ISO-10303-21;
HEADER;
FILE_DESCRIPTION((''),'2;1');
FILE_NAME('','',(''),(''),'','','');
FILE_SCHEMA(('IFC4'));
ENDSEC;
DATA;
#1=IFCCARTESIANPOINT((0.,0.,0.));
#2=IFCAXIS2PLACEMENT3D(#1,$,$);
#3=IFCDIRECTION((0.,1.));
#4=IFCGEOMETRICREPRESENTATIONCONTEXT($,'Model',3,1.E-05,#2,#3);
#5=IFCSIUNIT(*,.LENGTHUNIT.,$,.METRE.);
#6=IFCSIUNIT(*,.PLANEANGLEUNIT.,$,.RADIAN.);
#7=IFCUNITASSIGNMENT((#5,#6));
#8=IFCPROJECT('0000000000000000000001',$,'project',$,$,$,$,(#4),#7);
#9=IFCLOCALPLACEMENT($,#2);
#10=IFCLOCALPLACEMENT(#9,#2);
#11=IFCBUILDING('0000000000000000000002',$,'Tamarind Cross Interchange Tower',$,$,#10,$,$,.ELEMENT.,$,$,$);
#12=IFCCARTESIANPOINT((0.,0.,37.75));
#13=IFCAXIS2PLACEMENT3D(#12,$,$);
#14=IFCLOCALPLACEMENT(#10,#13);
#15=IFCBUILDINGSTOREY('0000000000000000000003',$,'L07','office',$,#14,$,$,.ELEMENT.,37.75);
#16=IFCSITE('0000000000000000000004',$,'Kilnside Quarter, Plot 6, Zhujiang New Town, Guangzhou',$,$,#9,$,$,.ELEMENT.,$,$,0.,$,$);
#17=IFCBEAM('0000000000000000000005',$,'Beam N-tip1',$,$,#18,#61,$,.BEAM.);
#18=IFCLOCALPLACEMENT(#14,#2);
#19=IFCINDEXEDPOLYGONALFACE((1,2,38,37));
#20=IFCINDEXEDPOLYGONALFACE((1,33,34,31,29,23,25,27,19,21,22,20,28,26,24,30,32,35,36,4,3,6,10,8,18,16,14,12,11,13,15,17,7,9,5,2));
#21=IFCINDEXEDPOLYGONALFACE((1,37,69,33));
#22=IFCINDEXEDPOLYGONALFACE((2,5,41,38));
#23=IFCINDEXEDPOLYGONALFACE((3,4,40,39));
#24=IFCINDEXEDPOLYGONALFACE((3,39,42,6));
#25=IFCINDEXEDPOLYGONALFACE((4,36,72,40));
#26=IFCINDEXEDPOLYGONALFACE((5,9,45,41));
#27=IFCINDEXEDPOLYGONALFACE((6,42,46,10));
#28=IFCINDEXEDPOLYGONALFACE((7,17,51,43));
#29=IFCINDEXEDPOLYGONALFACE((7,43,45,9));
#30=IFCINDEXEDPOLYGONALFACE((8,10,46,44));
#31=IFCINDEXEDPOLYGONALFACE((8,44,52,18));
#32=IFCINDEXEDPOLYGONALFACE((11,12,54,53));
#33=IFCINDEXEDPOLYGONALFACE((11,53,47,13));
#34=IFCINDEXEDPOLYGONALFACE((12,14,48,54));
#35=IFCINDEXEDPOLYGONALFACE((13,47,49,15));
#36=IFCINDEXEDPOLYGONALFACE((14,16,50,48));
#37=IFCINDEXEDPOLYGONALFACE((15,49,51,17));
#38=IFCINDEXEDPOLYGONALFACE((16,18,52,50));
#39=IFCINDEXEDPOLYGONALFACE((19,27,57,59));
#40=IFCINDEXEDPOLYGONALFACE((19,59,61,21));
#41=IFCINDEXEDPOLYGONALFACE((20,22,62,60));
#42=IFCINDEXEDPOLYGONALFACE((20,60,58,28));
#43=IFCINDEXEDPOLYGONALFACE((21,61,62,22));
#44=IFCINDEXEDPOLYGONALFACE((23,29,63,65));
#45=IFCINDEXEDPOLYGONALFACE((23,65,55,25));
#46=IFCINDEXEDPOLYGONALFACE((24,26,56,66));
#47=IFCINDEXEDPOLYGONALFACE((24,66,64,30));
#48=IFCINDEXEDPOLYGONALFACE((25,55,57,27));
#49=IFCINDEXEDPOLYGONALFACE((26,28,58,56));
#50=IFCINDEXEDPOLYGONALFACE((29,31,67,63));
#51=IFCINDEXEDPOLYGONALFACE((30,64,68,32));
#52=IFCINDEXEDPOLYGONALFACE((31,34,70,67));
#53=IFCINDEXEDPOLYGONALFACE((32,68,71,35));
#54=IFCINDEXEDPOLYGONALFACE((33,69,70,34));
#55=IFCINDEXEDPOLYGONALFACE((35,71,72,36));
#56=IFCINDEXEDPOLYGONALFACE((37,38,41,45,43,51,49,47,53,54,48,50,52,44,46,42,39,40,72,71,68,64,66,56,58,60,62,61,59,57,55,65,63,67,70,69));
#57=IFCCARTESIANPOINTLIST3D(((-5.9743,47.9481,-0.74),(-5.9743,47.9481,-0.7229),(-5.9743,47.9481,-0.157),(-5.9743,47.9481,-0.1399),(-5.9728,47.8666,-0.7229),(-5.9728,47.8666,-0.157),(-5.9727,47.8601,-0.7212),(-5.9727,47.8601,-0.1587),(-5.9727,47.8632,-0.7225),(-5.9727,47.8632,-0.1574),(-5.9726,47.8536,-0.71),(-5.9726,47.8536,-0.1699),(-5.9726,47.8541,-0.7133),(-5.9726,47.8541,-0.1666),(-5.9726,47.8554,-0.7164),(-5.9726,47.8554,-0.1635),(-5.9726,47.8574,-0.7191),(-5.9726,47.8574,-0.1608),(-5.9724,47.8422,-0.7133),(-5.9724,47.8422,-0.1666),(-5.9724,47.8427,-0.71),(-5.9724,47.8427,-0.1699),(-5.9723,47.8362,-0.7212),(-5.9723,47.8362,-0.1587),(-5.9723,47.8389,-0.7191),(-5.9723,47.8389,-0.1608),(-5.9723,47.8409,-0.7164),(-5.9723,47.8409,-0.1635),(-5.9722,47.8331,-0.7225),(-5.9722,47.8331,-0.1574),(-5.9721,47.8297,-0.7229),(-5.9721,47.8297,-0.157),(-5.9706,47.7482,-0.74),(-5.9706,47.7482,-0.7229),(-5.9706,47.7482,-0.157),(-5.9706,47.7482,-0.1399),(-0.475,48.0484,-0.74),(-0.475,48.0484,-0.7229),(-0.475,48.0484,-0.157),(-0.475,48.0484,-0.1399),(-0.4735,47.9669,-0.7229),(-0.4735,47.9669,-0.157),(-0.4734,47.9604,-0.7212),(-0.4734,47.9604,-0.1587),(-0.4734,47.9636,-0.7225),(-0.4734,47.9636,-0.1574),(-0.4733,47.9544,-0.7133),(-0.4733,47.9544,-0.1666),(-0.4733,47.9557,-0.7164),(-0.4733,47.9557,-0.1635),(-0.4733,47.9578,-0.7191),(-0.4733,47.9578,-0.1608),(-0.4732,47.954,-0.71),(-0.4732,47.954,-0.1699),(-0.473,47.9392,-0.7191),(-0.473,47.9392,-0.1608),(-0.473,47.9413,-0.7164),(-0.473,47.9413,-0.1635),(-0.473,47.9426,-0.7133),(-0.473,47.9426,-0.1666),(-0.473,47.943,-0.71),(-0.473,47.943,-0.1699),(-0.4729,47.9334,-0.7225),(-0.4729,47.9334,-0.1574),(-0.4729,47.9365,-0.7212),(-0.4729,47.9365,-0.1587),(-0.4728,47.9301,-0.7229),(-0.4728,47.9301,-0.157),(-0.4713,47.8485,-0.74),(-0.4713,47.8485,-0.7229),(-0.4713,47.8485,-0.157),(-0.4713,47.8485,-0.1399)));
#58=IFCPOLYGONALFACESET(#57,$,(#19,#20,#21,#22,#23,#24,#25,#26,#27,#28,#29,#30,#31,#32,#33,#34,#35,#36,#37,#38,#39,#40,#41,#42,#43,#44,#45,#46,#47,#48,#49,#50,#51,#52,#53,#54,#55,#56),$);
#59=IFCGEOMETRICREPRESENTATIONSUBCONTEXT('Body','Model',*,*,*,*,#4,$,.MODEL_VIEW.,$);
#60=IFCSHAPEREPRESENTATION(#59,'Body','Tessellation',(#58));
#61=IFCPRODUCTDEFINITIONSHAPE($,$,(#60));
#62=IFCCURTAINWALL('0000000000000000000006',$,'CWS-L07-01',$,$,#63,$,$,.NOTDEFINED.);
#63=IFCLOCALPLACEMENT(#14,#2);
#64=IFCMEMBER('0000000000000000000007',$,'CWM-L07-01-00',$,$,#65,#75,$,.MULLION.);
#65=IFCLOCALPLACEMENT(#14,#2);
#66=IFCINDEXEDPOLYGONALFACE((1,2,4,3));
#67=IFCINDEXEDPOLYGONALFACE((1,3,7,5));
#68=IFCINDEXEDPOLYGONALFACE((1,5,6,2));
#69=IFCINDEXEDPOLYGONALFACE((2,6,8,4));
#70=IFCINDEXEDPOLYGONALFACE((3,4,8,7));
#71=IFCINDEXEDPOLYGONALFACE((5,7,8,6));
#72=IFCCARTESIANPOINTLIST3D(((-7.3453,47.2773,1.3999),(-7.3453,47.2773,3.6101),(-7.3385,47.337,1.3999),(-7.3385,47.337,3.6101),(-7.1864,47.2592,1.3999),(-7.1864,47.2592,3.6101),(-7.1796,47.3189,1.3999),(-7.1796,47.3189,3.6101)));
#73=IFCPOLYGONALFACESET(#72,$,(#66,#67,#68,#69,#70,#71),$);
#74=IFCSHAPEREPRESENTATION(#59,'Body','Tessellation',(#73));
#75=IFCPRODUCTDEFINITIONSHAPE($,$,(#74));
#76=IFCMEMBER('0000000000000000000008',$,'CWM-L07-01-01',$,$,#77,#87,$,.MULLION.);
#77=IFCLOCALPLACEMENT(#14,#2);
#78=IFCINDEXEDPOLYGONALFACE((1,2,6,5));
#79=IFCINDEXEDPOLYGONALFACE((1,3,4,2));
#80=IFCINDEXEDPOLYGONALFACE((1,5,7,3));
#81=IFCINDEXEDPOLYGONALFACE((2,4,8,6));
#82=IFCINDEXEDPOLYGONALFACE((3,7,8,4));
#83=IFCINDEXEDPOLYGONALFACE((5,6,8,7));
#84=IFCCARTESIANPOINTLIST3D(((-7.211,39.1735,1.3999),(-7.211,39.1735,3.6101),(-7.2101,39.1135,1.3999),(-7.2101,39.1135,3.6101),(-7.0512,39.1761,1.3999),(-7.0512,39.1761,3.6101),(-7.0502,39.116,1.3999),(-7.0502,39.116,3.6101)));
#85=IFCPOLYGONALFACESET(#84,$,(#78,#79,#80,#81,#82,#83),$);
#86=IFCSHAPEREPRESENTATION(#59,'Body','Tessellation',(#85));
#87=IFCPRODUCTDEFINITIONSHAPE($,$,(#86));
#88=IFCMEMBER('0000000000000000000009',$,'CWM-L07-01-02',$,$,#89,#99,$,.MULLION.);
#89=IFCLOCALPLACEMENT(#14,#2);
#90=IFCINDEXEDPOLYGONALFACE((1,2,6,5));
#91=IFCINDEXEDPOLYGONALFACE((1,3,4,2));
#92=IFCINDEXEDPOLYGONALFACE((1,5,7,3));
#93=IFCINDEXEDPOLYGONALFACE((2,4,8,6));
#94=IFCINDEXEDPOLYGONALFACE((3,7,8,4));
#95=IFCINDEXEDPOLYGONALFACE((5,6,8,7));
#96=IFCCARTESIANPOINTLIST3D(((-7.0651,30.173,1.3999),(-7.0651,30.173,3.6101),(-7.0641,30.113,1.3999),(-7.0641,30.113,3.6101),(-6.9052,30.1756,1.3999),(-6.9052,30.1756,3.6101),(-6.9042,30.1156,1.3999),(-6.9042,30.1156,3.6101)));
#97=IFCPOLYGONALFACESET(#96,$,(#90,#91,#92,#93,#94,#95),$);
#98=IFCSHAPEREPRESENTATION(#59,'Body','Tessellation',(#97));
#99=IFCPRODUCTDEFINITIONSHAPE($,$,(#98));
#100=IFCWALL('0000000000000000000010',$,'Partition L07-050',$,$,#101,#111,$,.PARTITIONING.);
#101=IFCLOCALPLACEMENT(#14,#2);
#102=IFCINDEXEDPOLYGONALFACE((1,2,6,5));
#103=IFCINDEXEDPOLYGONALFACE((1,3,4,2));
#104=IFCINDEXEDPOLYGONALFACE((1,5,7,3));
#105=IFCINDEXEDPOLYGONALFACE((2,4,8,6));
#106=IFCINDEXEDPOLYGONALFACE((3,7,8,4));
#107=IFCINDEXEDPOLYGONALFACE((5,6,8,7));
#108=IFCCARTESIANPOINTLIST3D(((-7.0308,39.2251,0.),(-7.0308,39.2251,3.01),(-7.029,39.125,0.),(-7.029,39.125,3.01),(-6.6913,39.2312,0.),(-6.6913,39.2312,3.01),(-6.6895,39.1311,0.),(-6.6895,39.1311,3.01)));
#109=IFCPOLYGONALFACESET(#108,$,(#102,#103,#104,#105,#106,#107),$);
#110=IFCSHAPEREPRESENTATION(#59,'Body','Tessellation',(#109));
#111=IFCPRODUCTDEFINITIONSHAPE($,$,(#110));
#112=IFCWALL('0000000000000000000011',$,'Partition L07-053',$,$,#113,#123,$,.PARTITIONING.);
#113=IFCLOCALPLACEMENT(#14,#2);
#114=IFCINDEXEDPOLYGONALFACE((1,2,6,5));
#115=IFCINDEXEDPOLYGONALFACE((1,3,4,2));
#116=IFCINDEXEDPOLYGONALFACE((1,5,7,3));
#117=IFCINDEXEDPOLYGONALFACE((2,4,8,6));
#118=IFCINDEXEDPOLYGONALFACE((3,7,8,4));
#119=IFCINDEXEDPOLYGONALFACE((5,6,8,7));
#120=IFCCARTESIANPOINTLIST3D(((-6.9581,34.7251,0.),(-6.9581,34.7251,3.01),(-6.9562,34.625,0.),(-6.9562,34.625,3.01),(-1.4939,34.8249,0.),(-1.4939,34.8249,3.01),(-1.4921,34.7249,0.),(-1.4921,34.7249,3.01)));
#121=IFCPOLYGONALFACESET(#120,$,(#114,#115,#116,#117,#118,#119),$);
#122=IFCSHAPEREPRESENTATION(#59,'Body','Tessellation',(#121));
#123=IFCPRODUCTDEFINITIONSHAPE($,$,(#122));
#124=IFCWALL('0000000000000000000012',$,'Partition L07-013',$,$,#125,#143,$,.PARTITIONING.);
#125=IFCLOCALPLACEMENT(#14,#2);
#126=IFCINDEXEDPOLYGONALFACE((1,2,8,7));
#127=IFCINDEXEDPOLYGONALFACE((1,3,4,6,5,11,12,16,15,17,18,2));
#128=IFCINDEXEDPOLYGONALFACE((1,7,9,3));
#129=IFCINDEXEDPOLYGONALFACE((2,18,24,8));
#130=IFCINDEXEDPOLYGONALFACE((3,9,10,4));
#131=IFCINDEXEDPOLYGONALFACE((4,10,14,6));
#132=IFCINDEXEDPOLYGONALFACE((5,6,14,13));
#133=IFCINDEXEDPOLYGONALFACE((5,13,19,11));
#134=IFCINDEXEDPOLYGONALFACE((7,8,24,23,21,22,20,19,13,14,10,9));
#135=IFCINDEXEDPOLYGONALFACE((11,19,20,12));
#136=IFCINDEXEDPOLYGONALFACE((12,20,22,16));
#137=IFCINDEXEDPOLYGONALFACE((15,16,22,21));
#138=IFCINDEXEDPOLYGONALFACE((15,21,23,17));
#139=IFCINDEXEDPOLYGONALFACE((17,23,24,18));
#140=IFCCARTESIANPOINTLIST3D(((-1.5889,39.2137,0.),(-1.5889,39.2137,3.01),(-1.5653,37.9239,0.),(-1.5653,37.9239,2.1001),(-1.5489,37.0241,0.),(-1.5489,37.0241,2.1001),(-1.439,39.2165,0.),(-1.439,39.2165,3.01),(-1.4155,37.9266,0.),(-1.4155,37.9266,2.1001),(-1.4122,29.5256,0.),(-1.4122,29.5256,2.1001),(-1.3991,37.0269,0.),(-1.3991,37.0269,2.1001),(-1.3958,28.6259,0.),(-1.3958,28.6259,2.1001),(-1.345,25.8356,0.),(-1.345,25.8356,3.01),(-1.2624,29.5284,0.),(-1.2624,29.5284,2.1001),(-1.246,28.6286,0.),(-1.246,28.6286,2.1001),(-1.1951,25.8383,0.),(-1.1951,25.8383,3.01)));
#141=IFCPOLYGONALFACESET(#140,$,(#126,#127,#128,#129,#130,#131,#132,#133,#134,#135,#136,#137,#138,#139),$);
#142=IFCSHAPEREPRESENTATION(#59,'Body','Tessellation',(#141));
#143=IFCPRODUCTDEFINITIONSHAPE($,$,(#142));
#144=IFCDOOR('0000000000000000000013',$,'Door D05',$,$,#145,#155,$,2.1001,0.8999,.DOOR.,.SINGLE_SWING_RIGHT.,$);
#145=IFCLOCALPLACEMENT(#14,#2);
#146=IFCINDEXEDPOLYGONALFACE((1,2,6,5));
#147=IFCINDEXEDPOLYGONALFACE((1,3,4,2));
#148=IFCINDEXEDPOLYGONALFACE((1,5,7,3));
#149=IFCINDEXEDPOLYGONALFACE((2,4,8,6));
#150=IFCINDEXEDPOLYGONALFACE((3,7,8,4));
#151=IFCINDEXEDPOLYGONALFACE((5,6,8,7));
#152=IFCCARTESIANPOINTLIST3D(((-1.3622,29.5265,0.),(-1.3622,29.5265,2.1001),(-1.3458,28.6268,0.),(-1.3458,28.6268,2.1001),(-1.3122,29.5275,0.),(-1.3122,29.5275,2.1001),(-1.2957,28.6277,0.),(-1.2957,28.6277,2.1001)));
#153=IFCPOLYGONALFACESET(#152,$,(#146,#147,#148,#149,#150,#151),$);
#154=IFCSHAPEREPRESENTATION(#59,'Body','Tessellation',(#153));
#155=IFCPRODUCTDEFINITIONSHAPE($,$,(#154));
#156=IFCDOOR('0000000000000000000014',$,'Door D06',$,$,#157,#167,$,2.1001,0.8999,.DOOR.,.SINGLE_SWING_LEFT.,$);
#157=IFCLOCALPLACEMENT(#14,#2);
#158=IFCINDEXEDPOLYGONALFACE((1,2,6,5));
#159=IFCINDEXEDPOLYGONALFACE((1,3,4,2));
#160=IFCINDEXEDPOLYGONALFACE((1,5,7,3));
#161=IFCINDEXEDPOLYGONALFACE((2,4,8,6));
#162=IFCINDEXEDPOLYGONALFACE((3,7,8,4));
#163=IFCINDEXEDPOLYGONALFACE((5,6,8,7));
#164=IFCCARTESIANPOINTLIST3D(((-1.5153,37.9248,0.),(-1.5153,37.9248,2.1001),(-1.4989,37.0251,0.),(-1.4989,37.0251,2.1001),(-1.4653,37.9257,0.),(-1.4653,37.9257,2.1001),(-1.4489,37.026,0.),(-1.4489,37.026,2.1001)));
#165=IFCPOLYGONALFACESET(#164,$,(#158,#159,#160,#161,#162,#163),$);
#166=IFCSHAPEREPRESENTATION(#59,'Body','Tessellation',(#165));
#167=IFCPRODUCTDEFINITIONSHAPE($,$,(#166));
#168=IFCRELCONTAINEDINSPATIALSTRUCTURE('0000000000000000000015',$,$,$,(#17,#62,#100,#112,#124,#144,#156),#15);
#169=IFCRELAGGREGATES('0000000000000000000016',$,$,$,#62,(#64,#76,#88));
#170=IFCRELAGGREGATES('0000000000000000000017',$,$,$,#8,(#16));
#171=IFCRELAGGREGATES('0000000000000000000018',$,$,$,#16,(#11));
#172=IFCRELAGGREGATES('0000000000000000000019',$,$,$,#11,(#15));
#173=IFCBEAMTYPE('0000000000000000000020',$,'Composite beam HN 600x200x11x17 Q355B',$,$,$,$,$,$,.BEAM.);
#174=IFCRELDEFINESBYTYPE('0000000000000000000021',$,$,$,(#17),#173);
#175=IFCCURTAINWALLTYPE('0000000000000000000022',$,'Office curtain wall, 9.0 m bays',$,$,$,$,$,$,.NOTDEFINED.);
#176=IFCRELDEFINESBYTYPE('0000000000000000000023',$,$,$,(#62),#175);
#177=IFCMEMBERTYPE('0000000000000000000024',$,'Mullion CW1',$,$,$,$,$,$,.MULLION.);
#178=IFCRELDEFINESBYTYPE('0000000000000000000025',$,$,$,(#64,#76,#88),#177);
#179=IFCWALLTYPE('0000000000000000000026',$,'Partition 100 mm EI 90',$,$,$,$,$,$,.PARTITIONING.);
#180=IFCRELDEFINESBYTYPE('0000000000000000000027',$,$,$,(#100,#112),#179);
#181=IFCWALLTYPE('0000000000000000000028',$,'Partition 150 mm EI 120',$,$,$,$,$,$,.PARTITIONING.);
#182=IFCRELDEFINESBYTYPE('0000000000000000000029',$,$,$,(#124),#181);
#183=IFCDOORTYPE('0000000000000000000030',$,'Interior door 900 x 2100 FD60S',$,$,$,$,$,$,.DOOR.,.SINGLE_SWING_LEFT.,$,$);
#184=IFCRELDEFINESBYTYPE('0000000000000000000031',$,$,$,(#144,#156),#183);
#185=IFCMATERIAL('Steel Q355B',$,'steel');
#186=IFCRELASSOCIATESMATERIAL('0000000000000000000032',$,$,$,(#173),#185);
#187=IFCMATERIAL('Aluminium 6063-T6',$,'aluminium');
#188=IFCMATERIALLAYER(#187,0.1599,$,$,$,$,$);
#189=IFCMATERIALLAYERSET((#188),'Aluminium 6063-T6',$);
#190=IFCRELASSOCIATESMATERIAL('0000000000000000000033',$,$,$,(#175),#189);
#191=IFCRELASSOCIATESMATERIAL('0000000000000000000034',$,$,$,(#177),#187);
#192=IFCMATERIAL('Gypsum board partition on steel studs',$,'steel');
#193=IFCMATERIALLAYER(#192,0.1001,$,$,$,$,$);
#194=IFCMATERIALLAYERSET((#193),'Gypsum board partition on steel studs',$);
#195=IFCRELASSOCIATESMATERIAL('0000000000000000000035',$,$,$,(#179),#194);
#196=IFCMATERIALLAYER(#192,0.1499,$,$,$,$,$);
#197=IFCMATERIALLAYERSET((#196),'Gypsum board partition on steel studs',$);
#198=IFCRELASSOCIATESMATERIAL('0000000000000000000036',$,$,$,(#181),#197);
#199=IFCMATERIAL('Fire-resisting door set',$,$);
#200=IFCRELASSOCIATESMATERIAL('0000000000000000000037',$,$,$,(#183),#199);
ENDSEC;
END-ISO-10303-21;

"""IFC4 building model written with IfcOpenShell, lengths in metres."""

from ifc_helpers import new_model, si_unit, direction, frame, frame_2d, origin, origin_2d, place, context, subcontext, project, spatial, rectangle, i_section, extrude, material, layer, layer_set, material_profile, profile_set, type_object, element, fill, aggregate, save


model = new_model("IFC4")

# Units and contexts
model_context = context("Model", 3, precision=1e-05, world=origin(), true_north=direction((0.0, 1.0)))
body_context = subcontext(model_context, "Body", "Model", "MODEL_VIEW")
ifc_project = project(units=[si_unit("LENGTHUNIT", "METRE"), si_unit("PLANEANGLEUNIT", "RADIAN")], contexts=[model_context])

# Site, building, storey
site_placement = place(None, origin())
site = spatial("IfcSite", under=ifc_project, at=site_placement, Name="Kilnside Quarter, Plot 6, Zhujiang New Town, Guangzhou", CompositionType="ELEMENT", RefElevation=0.0)
building_placement = place(site_placement, origin())
building = spatial("IfcBuilding", under=site, at=building_placement, Name="Tamarind Cross Interchange Tower", CompositionType="ELEMENT")
storey_placement = place(building_placement, frame((0.0, 0.0, 37.75)))
storey = spatial("IfcBuildingStorey", under=building, at=storey_placement, Name="L07", Description="office", CompositionType="ELEMENT", Elevation=37.75)

# Beam
ifc_material_1 = material(Name="Steel Q355B", Category="steel")
ifc_material_profile_1 = material_profile(ifc_material_1, i_section(OverallWidth=0.2, OverallDepth=0.6001, WebThickness=0.011, FlangeThickness=0.0171, FilletRadius=0.0129, at=origin_2d()), Name="HN 600x200x11x17")
ifc_profile_set_1 = profile_set([ifc_material_profile_1], Name="Steel Q355B")
beam_type_1 = type_object("IfcBeamType", Name="Composite beam HN 600x200x11x17 Q355B", PredefinedType="BEAM", material=ifc_profile_set_1)
beam_1_placement = place(storey_placement, frame((-0.4731, 47.9485, -0.4399), z_axis=(-0.999834, -0.018243, 0.0), x_axis=(0.018243, -0.999834, 0.0)))
element("IfcBeam", 1, at=beam_1_placement, inside=storey, type_object=beam_type_1, Name="Beam N-tip1", PredefinedType="BEAM", context=body_context, shape_type="SweptSolid", body=[
    extrude(i_section(OverallWidth=0.2, OverallDepth=0.6001, WebThickness=0.011, FlangeThickness=0.0171, FilletRadius=0.0129, at=origin_2d()), origin(), (0.0, 0.0, 1.0), 5.5002),
])

# Curtain wall, members
ifc_material_2 = material(Name="Aluminium 6063-T6", Category="aluminium")
ifc_layer_1 = layer(ifc_material_2, 0.1599)
ifc_layer_set_1 = layer_set([ifc_layer_1], Name="Aluminium 6063-T6")
curtain_wall_type = type_object("IfcCurtainWallType", Name="Office curtain wall, 9.0 m bays", PredefinedType="NOTDEFINED", material=ifc_layer_set_1)
curtain_wall_placement = place(storey_placement, origin())
curtain_wall = element("IfcCurtainWall", 2, at=curtain_wall_placement, inside=storey, type_object=curtain_wall_type, Name="CWS-L07-01", PredefinedType="NOTDEFINED")
ifc_material_profile_2 = material_profile(ifc_material_2, rectangle(XDim=0.0601, YDim=0.1599, at=origin_2d()), Name="Mullion CW1")
ifc_profile_set_2 = profile_set([ifc_material_profile_2], Name="Aluminium 6063-T6")
member_type = type_object("IfcMemberType", Name="Mullion CW1", PredefinedType="MULLION", material=ifc_profile_set_2)
member_1_placement = place(storey_placement, frame((-7.2625, 47.2981, 1.3999), z_axis=(0.0, 0.0, 1.0), x_axis=(-0.11344, -0.993545, 0.0)))
member_1 = element("IfcMember", 3, at=member_1_placement, type_object=member_type, Name="CWM-L07-01-00", PredefinedType="MULLION", context=body_context, shape_type="SweptSolid", body=[
    extrude(rectangle(XDim=0.0601, YDim=0.1599, at=origin_2d()), origin(), (0.0, 0.0, 1.0), 2.2102),
])
member_2_placement = place(storey_placement, frame((-7.1306, 39.1448, 1.3999), z_axis=(0.0, 0.0, 1.0), x_axis=(0.016194, -0.999869, 0.0)))
member_2 = element("IfcMember", 4, at=member_2_placement, type_object=member_type, Name="CWM-L07-01-01", PredefinedType="MULLION", context=body_context, shape_type="SweptSolid", body=[
    extrude(rectangle(XDim=0.0601, YDim=0.1599, at=origin_2d()), origin(), (0.0, 0.0, 1.0), 2.2102),
])
member_3_placement = place(storey_placement, frame((-6.9846, 30.1443, 1.3999), z_axis=(0.0, 0.0, 1.0), x_axis=(0.016194, -0.999869, 0.0)))
member_3 = element("IfcMember", 5, at=member_3_placement, type_object=member_type, Name="CWM-L07-01-02", PredefinedType="MULLION", context=body_context, shape_type="SweptSolid", body=[
    extrude(rectangle(XDim=0.0601, YDim=0.1599, at=origin_2d()), origin(), (0.0, 0.0, 1.0), 2.2102),
])
aggregate(curtain_wall, [member_1, member_2, member_3])

# Walls
ifc_material_3 = material(Name="Gypsum board partition on steel studs", Category="steel")
ifc_layer_2 = layer(ifc_material_3, 0.1001)
ifc_layer_set_2 = layer_set([ifc_layer_2], Name="Gypsum board partition on steel studs")
wall_type_1 = type_object("IfcWallType", Name="Partition 100 mm EI 90", PredefinedType="PARTITIONING", material=ifc_layer_set_2)
wall_1_placement = place(storey_placement, frame((-7.03, 39.175, 0.0), z_axis=(0.0, 0.0, 1.0), x_axis=(0.999839, 0.01797, 0.0)))
element("IfcWall", 6, at=wall_1_placement, inside=storey, type_object=wall_type_1, Name="Partition L07-050", PredefinedType="PARTITIONING", context=body_context, shape_type="SweptSolid", body=[
    extrude(rectangle(XDim=0.3396, YDim=0.1001, at=frame_2d((0.1699, 0.0))), origin(), (0.0, 0.0, 1.0), 3.01),
])
wall_2_placement = place(storey_placement, frame((-6.957, 34.675, 0.0), z_axis=(0.0, 0.0, 1.0), x_axis=(0.999833, 0.018271, 0.0)))
element("IfcWall", 7, at=wall_2_placement, inside=storey, type_object=wall_type_1, Name="Partition L07-053", PredefinedType="PARTITIONING", context=body_context, shape_type="SweptSolid", body=[
    extrude(rectangle(XDim=5.4651, YDim=0.1001, at=frame_2d((2.7324, 0.0))), origin(), (0.0, 0.0, 1.0), 3.01),
])

# Wall, openings, doors
ifc_layer_3 = layer(ifc_material_3, 0.1499)
ifc_layer_set_3 = layer_set([ifc_layer_3], Name="Gypsum board partition on steel studs")
wall_type_2 = type_object("IfcWallType", Name="Partition 150 mm EI 120", PredefinedType="PARTITIONING", material=ifc_layer_set_3)
wall_3_placement = place(storey_placement, frame((-1.5139, 39.2151, 0.0), z_axis=(0.0, 0.0, 1.0), x_axis=(0.018228, -0.999834, 0.0)))
wall_3 = element("IfcWall", 8, at=wall_3_placement, inside=storey, type_object=wall_type_2, Name="Partition L07-013", PredefinedType="PARTITIONING", context=body_context, shape_type="SweptSolid", body=[
    extrude(rectangle(XDim=13.3804, YDim=0.1499, at=frame_2d((6.6902, 0.0))), origin(), (0.0, 0.0, 1.0), 3.01),
])
opening_1_placement = place(wall_3_placement, frame((9.6897, 0.0, 0.0)))
opening_1 = element("IfcOpeningElement", 9, at=opening_1_placement, cuts=wall_3, PredefinedType="OPENING", context=body_context, shape_type="SweptSolid", body=[
    extrude(rectangle(XDim=0.8999, YDim=2.1001, at=frame_2d((0.45, 1.05))), frame((0.0, 0.085, 0.0), z_axis=(0.0, -1.0, 0.0), x_axis=(1.0, 0.0, 0.0)), (0.0, 0.0, 1.0), 0.1699),
])
opening_2_placement = place(wall_3_placement, frame((1.29, 0.0, 0.0)))
opening_2 = element("IfcOpeningElement", 10, at=opening_2_placement, cuts=wall_3, PredefinedType="OPENING", context=body_context, shape_type="SweptSolid", body=[
    extrude(rectangle(XDim=0.8999, YDim=2.1001, at=frame_2d((0.45, 1.05))), frame((0.0, 0.085, 0.0), z_axis=(0.0, -1.0, 0.0), x_axis=(1.0, 0.0, 0.0)), (0.0, 0.0, 1.0), 0.1699),
])
ifc_material_4 = material(Name="Fire-resisting door set")
door_type_1 = type_object("IfcDoorType", Name="Interior door 900 x 2100 FD60S", OperationType="SINGLE_SWING_LEFT", PredefinedType="DOOR", material=ifc_material_4)
door_1_placement = place(opening_1_placement, frame((0.8999, 0.0, 0.0), z_axis=(0.0, 0.0, 1.0), x_axis=(-1.0, 0.0, 0.0)))
door_1 = element("IfcDoor", 11, at=door_1_placement, inside=storey, type_object=door_type_1, Name="Door D05", OperationType="SINGLE_SWING_RIGHT", OverallHeight=2.1001, OverallWidth=0.8999, PredefinedType="DOOR", context=body_context, shape_type="SweptSolid", body=[
    extrude(rectangle(XDim=0.8999, YDim=2.1001, at=frame_2d((0.45, 1.05))), frame((0.0, 0.0249, 0.0), z_axis=(0.0, -1.0, 0.0), x_axis=(1.0, 0.0, 0.0)), (0.0, 0.0, 1.0), 0.05),
])
fill(opening_1, door_1)
door_2_placement = place(opening_2_placement, frame((0.8999, 0.0, 0.0), z_axis=(0.0, 0.0, 1.0), x_axis=(-1.0, 0.0, 0.0)))
door_2 = element("IfcDoor", 12, at=door_2_placement, inside=storey, type_object=door_type_1, Name="Door D06", OperationType="SINGLE_SWING_LEFT", OverallHeight=2.1001, OverallWidth=0.8999, PredefinedType="DOOR", context=body_context, shape_type="SweptSolid", body=[
    extrude(rectangle(XDim=0.8999, YDim=2.1001, at=frame_2d((0.45, 1.05))), frame((0.0, 0.0249, 0.0), z_axis=(0.0, -1.0, 0.0), x_axis=(1.0, 0.0, 0.0)), (0.0, 0.0, 1.0), 0.05),
])
fill(opening_2, door_2)

save(model, "model.ifc")
